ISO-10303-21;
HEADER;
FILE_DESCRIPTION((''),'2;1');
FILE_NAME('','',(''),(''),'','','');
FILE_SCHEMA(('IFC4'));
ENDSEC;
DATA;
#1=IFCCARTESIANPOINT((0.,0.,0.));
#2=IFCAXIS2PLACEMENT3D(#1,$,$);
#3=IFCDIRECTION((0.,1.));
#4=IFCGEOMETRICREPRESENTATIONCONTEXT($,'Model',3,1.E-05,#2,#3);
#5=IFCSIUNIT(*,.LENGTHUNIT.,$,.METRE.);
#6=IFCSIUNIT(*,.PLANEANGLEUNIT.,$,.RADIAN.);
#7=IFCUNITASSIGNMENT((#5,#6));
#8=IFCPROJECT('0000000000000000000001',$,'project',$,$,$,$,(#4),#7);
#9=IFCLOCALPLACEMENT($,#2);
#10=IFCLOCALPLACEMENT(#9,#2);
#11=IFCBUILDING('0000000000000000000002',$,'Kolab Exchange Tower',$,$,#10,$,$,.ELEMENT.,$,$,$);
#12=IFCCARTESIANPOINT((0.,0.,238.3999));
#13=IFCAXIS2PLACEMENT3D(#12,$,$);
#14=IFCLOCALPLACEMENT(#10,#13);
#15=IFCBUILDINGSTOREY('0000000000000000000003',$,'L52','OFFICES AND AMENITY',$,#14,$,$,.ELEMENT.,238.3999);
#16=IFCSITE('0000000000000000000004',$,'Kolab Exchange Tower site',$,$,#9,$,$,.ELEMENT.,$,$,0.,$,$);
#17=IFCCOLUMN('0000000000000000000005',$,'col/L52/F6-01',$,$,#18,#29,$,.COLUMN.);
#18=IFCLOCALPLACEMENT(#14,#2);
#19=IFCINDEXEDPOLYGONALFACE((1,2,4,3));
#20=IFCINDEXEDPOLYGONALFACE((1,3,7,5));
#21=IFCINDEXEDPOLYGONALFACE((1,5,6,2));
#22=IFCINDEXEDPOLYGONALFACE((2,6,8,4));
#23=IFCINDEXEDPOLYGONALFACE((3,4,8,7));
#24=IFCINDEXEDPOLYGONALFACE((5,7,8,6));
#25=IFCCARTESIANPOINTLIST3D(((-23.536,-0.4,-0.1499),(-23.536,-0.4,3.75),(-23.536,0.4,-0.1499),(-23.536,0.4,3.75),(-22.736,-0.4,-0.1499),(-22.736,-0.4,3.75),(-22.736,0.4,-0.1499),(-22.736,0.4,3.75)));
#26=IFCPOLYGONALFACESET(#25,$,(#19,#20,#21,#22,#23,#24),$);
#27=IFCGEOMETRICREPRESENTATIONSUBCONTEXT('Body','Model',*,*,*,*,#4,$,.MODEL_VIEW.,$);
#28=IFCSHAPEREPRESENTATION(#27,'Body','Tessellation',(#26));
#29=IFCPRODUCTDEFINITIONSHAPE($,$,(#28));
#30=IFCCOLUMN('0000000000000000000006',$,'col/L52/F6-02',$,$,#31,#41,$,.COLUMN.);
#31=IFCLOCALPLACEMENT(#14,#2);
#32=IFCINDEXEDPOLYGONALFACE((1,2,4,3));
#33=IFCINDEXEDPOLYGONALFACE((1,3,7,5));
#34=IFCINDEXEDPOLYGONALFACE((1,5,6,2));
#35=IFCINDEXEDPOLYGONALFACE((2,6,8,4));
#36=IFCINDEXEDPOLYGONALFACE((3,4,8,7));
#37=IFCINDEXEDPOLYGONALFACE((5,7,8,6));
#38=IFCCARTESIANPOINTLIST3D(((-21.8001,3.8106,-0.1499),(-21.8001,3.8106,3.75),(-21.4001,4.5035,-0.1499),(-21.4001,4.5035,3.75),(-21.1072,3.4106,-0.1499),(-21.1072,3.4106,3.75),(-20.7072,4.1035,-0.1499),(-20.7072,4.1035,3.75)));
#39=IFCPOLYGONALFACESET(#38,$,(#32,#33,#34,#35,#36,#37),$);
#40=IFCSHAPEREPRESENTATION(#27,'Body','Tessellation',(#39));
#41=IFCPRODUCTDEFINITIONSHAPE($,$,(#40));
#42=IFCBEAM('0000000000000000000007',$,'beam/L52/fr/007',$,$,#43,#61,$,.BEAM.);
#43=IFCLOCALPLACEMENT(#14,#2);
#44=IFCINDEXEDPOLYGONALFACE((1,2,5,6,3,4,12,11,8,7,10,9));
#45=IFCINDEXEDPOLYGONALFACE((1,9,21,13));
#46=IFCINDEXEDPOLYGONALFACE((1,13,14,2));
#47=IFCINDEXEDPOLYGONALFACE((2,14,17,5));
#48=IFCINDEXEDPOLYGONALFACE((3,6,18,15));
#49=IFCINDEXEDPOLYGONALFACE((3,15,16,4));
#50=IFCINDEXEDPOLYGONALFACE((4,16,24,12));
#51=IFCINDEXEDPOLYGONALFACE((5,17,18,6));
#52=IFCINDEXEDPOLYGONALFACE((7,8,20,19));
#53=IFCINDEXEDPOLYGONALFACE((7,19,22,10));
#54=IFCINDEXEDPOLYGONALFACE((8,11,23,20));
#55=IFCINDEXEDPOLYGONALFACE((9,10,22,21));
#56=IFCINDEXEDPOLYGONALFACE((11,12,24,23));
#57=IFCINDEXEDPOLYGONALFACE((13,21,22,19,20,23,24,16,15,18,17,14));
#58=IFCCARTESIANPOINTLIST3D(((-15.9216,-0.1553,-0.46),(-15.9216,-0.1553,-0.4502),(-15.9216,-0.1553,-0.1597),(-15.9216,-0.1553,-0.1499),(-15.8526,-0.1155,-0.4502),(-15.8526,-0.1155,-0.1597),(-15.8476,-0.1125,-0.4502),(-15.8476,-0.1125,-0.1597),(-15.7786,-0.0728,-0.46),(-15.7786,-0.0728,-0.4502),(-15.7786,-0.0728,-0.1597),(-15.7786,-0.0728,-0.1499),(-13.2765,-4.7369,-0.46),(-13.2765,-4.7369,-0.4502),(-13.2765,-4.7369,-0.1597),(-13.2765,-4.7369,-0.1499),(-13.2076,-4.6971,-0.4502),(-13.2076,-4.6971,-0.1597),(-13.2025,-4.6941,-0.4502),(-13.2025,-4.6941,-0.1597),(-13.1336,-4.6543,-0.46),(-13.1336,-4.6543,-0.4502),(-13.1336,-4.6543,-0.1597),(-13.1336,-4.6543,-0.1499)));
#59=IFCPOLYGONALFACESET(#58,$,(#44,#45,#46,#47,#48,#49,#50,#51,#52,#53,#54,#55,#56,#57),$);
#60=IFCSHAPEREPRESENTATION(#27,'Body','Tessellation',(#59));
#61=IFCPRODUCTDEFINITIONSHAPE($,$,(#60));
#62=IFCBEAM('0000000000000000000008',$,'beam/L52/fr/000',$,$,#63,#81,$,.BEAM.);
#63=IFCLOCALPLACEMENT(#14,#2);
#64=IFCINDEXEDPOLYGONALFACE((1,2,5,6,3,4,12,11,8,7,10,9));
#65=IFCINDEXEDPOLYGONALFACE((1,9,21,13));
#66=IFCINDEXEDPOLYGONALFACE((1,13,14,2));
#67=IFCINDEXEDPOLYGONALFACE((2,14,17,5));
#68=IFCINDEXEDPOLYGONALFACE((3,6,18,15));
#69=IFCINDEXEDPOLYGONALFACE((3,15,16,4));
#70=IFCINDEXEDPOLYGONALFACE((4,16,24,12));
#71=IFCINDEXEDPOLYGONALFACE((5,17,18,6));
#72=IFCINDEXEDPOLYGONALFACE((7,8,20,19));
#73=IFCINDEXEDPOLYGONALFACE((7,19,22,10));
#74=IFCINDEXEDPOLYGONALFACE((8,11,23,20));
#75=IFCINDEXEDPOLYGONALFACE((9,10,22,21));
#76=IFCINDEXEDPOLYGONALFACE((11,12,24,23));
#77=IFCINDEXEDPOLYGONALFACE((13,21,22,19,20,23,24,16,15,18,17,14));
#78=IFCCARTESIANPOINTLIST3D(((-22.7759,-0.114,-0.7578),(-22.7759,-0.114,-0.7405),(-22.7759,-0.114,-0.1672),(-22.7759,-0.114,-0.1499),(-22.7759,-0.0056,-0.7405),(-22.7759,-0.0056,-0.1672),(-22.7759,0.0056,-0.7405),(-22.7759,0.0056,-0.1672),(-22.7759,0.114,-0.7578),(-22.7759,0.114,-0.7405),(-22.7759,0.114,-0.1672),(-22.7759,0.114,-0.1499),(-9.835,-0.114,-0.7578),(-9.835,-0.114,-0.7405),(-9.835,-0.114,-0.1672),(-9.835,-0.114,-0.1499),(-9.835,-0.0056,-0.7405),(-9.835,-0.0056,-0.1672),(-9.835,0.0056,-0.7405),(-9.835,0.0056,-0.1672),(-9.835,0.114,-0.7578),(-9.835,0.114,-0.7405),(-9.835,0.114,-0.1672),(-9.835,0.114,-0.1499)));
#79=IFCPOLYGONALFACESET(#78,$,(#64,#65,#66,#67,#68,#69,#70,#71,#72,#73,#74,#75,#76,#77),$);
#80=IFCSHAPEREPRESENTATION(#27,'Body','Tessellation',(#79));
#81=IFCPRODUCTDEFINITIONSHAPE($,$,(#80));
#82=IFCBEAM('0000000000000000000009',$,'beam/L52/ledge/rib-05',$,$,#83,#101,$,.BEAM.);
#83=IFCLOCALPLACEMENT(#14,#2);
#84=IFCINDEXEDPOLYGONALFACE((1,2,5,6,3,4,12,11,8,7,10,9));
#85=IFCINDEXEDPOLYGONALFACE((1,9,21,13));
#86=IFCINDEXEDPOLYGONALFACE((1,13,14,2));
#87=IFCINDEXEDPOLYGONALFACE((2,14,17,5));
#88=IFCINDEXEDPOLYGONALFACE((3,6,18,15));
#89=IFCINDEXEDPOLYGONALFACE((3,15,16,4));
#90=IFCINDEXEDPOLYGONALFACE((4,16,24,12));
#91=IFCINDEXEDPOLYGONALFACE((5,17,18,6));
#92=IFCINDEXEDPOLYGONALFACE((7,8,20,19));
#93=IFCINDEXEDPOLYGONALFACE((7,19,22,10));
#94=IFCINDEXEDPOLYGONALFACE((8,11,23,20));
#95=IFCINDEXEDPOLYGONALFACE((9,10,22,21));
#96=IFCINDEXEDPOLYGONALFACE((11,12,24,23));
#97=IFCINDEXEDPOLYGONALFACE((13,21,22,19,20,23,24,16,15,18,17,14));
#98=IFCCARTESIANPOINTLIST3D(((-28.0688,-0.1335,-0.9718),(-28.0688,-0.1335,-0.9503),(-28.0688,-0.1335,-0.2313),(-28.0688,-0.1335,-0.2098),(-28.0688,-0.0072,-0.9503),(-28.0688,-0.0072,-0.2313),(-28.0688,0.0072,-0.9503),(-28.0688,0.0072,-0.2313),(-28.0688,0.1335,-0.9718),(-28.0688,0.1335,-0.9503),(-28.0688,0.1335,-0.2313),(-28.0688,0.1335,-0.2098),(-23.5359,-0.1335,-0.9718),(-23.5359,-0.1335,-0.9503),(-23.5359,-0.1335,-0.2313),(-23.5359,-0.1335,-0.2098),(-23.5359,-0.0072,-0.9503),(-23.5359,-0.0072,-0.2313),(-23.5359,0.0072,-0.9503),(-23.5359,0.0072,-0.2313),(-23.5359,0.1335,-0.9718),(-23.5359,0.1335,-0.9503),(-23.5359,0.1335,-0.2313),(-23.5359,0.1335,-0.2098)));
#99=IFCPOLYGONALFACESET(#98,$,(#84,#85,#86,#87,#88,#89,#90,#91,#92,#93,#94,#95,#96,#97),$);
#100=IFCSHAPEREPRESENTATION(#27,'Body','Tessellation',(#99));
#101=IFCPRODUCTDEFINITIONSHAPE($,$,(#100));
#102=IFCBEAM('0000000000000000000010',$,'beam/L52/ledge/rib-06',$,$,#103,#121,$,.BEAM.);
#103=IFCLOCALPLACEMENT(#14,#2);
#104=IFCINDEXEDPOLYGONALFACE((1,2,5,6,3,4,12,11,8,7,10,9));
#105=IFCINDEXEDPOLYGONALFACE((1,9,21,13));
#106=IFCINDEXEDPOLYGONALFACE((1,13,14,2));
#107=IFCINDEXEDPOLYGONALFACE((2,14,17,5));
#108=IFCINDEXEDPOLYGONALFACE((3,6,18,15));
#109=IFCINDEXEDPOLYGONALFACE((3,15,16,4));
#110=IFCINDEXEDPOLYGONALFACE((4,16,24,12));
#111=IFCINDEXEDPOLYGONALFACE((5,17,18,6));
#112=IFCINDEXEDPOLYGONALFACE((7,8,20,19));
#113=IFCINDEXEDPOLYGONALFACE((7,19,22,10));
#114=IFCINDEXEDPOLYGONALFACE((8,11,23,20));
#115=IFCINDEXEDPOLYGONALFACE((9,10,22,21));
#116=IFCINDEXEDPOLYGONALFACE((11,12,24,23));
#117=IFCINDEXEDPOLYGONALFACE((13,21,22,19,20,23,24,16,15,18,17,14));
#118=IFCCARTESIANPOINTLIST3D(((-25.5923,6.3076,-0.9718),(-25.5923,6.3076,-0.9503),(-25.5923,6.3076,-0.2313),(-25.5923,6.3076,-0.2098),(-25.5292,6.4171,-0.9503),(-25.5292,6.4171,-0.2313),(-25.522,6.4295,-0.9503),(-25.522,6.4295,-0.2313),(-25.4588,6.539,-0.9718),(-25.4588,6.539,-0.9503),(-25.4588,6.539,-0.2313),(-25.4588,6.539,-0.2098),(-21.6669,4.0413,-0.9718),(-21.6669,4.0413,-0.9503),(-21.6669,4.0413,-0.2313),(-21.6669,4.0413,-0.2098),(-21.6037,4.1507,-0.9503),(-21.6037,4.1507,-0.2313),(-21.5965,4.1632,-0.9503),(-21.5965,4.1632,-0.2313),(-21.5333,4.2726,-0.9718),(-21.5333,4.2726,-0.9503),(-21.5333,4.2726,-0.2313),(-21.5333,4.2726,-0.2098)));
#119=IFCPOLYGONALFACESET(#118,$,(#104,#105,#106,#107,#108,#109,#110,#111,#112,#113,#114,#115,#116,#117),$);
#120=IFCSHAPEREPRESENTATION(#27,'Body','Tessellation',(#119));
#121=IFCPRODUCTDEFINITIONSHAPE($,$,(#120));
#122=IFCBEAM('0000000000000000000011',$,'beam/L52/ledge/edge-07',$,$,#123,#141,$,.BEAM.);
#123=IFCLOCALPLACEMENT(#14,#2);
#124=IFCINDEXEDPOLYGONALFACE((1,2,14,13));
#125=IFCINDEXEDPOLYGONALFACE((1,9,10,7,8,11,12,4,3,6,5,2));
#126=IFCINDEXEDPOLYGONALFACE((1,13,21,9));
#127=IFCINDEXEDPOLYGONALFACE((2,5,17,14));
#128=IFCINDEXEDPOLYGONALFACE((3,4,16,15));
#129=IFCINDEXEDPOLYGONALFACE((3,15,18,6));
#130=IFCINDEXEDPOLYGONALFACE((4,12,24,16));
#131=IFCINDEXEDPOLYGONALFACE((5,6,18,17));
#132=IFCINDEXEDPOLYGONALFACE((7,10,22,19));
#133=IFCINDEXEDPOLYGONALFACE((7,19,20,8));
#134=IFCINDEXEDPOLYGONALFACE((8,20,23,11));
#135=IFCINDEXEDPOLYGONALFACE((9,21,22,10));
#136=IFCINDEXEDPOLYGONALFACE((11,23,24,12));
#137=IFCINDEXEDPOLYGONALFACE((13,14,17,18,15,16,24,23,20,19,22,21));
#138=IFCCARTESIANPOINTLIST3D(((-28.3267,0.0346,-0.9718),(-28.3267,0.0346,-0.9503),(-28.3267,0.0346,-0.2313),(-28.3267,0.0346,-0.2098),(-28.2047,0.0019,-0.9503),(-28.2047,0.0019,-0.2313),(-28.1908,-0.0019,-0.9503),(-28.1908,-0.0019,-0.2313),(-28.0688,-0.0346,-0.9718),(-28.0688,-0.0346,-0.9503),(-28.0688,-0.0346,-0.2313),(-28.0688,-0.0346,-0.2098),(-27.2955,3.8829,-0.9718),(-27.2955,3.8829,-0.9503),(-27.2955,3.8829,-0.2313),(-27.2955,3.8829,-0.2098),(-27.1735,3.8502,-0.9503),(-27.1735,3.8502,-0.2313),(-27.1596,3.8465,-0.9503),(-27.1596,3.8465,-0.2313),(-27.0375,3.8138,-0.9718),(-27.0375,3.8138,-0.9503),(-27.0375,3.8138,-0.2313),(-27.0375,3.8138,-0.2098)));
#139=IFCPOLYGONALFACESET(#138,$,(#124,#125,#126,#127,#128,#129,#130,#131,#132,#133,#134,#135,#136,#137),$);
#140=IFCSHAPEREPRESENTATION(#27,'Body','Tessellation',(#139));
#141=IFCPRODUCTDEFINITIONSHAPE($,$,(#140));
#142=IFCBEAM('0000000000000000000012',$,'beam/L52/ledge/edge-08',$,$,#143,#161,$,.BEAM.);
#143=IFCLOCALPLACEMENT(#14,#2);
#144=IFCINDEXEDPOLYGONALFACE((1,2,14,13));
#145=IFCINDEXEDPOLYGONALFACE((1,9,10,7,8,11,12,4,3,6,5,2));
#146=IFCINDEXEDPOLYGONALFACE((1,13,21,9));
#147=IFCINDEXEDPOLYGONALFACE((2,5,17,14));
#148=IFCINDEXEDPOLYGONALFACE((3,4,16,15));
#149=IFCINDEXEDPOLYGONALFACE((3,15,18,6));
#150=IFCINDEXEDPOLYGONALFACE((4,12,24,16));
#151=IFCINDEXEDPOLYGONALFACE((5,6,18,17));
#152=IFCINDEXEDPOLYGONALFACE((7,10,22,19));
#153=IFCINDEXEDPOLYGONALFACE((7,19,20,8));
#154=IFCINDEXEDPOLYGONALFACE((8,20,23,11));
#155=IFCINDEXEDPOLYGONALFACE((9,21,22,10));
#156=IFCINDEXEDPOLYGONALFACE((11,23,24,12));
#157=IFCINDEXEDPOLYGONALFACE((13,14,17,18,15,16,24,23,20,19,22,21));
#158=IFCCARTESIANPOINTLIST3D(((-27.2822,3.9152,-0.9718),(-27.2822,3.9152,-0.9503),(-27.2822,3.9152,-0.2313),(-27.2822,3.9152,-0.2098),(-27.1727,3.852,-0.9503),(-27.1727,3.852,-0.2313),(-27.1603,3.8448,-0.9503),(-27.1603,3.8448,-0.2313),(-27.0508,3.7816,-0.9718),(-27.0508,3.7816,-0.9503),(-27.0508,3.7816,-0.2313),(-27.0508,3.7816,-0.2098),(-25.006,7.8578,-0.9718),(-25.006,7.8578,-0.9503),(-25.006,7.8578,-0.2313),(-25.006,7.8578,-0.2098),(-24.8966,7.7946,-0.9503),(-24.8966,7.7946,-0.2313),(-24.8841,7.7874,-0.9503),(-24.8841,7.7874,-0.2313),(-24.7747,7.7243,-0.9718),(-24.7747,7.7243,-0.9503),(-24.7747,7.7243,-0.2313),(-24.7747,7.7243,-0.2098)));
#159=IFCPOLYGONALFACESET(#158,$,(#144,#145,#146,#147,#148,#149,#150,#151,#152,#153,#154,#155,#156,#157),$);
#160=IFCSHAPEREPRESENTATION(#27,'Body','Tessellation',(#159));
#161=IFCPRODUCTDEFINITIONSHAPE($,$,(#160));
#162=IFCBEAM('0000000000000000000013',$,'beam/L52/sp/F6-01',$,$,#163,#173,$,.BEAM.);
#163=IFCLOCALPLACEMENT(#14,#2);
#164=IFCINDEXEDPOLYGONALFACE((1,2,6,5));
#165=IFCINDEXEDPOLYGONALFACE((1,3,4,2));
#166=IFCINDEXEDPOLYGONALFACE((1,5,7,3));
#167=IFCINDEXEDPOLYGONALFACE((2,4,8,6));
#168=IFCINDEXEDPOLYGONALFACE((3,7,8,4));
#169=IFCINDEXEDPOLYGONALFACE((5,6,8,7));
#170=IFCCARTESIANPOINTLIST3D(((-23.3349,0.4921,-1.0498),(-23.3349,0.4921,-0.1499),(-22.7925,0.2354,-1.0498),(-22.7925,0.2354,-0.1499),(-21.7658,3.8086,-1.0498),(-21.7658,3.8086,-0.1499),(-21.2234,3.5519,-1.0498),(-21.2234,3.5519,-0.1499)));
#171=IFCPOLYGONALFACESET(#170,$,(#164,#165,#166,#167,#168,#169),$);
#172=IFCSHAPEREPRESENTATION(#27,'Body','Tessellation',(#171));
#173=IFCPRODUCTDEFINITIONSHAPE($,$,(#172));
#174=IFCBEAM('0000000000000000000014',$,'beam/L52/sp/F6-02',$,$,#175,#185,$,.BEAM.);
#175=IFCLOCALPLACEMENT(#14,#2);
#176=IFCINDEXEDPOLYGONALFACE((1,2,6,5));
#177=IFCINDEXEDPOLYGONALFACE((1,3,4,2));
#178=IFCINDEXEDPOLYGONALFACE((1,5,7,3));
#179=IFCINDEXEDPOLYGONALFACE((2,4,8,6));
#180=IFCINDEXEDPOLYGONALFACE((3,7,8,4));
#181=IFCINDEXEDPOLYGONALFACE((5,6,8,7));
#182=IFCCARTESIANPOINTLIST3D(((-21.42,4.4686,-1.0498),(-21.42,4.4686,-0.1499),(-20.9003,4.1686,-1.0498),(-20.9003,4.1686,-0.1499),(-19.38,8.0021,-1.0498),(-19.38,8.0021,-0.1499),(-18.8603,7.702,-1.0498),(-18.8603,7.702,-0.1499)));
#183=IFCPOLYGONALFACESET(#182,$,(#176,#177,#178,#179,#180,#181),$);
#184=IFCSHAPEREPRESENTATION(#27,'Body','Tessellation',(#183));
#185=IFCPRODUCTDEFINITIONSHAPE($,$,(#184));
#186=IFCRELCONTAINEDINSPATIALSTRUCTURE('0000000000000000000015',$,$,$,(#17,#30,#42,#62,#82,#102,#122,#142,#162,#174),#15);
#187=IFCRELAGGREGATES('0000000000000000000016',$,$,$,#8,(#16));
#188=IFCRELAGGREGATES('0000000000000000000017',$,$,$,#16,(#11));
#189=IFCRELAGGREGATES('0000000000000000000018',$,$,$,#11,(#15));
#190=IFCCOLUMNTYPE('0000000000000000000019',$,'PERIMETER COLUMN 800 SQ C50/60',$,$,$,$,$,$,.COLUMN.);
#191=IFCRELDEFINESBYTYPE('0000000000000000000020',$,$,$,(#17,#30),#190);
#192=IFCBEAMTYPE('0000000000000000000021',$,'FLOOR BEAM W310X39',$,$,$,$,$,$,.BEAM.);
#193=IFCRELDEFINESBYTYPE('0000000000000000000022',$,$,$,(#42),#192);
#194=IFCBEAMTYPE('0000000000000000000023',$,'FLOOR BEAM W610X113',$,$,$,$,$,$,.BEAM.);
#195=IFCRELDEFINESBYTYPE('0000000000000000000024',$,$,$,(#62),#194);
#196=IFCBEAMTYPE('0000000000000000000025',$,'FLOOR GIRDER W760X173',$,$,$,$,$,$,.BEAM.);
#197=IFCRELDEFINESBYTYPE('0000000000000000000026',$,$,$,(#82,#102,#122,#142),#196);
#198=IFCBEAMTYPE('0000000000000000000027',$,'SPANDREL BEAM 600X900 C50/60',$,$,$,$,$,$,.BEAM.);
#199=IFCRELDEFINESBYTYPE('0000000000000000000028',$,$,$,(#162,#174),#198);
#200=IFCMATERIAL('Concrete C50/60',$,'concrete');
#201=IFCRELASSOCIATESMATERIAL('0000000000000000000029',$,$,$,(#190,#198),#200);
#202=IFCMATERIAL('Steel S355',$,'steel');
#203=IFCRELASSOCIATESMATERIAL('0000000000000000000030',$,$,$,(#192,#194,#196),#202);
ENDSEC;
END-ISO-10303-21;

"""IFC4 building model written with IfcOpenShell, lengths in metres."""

from ifc_helpers import new_model, si_unit, direction, frame, origin, origin_2d, place, context, subcontext, project, spatial, rectangle, i_section, extrude, material, material_profile, profile_set, type_object, element, save


model = new_model("IFC4")

# Units and contexts
model_context = context("Model", 3, precision=1e-05, world=origin(), true_north=direction((0.0, 1.0)))
body_context = subcontext(model_context, "Body", "Model", "MODEL_VIEW")
ifc_project = project(units=[si_unit("LENGTHUNIT", "METRE"), si_unit("PLANEANGLEUNIT", "RADIAN")], contexts=[model_context])

# Site, building, storey
site_placement = place(None, origin())
site = spatial("IfcSite", under=ifc_project, at=site_placement, Name="Kolab Exchange Tower site", CompositionType="ELEMENT", RefElevation=0.0)
building_placement = place(site_placement, origin())
building = spatial("IfcBuilding", under=site, at=building_placement, Name="Kolab Exchange Tower", CompositionType="ELEMENT")
storey_placement = place(building_placement, frame((0.0, 0.0, 238.3999)))
storey = spatial("IfcBuildingStorey", under=building, at=storey_placement, Name="L52", Description="OFFICES AND AMENITY", CompositionType="ELEMENT", Elevation=238.3999)

# Columns
ifc_material_1 = material(Name="Concrete C50/60", Category="concrete")
ifc_material_profile_1 = material_profile(ifc_material_1, rectangle(XDim=0.8, YDim=0.8, at=origin_2d()), Name="RC800")
ifc_profile_set_1 = profile_set([ifc_material_profile_1], Name="Concrete C50/60")
column_type = type_object("IfcColumnType", Name="PERIMETER COLUMN 800 SQ C50/60", PredefinedType="COLUMN", material=ifc_profile_set_1)
for number, where, z_axis, x_axis, name in (
    (1, (-23.136, 0.0, -0.1499), (0.0, 0.0, 1.0), (1.0, 0.0, 0.0), "col/L52/F6-01"),
    (2, (-21.2537, 3.957, -0.1499), (0.0, 0.0, 1.0), (0.5, 0.866025, 0.0), "col/L52/F6-02"),
):
    element("IfcColumn", number, at=place(storey_placement, frame(where, z_axis=z_axis, x_axis=x_axis)), inside=storey, type_object=column_type, Name=name, PredefinedType="COLUMN", context=body_context, shape_type="SweptSolid", body=[
        extrude(rectangle(XDim=0.8, YDim=0.8, at=origin_2d()), origin(), (0.0, 0.0, 1.0), 3.8999),
    ])

# Beams
ifc_material_2 = material(Name="Steel S355", Category="steel")
ifc_material_profile_2 = material_profile(ifc_material_2, i_section(OverallWidth=0.165, OverallDepth=0.3101, WebThickness=0.0059, FlangeThickness=0.0098, at=origin_2d()), Name="W310X39")
ifc_profile_set_2 = profile_set([ifc_material_profile_2], Name="Steel S355")
beam_type_1 = type_object("IfcBeamType", Name="FLOOR BEAM W310X39", PredefinedType="BEAM", material=ifc_profile_set_2)
beam_1_placement = place(storey_placement, frame((-15.8501, -0.114, -0.3049), z_axis=(0.499981, -0.866036, 0.0), x_axis=(0.866036, 0.499981, 0.0)))
element("IfcBeam", 3, at=beam_1_placement, inside=storey, type_object=beam_type_1, Name="beam/L52/fr/007", PredefinedType="BEAM", context=body_context, shape_type="SweptSolid", body=[
    extrude(i_section(OverallWidth=0.165, OverallDepth=0.3101, WebThickness=0.0059, FlangeThickness=0.0098, at=origin_2d()), origin(), (0.0, 0.0, 1.0), 5.2903),
])
ifc_material_profile_3 = material_profile(ifc_material_2, i_section(OverallWidth=0.228, OverallDepth=0.6079, WebThickness=0.0112, FlangeThickness=0.0173, at=origin_2d()), Name="W610X113")
ifc_profile_set_3 = profile_set([ifc_material_profile_3], Name="Steel S355")
beam_type_2 = type_object("IfcBeamType", Name="FLOOR BEAM W610X113", PredefinedType="BEAM", material=ifc_profile_set_3)
beam_2_placement = place(storey_placement, frame((-22.7759, 0.0, -0.4539), z_axis=(1.0, 0.0, 0.0), x_axis=(0.0, 1.0, 0.0)))
element("IfcBeam", 4, at=beam_2_placement, inside=storey, type_object=beam_type_2, Name="beam/L52/fr/000", PredefinedType="BEAM", context=body_context, shape_type="SweptSolid", body=[
    extrude(i_section(OverallWidth=0.228, OverallDepth=0.6079, WebThickness=0.0112, FlangeThickness=0.0173, at=origin_2d()), origin(), (0.0, 0.0, 1.0), 12.9409),
])
ifc_material_profile_4 = material_profile(ifc_material_2, i_section(OverallWidth=0.2671, OverallDepth=0.762, WebThickness=0.0144, FlangeThickness=0.0215, at=origin_2d()), Name="W760X173")
ifc_profile_set_4 = profile_set([ifc_material_profile_4], Name="Steel S355")
beam_type_3 = type_object("IfcBeamType", Name="FLOOR GIRDER W760X173", PredefinedType="BEAM", material=ifc_profile_set_4)
beam_3_placement = place(storey_placement, frame((-23.5359, 0.0, -0.5908), z_axis=(-1.0, 0.0, 0.0), x_axis=(0.0, -1.0, 0.0)))
element("IfcBeam", 5, at=beam_3_placement, inside=storey, type_object=beam_type_3, Name="beam/L52/ledge/rib-05", PredefinedType="BEAM", context=body_context, shape_type="SweptSolid", body=[
    extrude(i_section(OverallWidth=0.2671, OverallDepth=0.762, WebThickness=0.0144, FlangeThickness=0.0215, at=origin_2d()), origin(), (0.0, 0.0, 1.0), 4.533),
])
beam_4_placement = place(storey_placement, frame((-21.6001, 4.157, -0.5908), z_axis=(-0.86603, 0.499991, 0.0), x_axis=(-0.499991, -0.86603, 0.0)))
element("IfcBeam", 6, at=beam_4_placement, inside=storey, type_object=beam_type_3, Name="beam/L52/ledge/rib-06", PredefinedType="BEAM", context=body_context, shape_type="SweptSolid", body=[
    extrude(i_section(OverallWidth=0.2671, OverallDepth=0.762, WebThickness=0.0144, FlangeThickness=0.0215, at=origin_2d()), origin(), (0.0, 0.0, 1.0), 4.5327),
])
beam_5_placement = place(storey_placement, frame((-28.1978, 0.0, -0.5908), z_axis=(0.258837, 0.965921, 0.0), x_axis=(-0.965921, 0.258837, 0.0)))
element("IfcBeam", 7, at=beam_5_placement, inside=storey, type_object=beam_type_3, Name="beam/L52/ledge/edge-07", PredefinedType="BEAM", context=body_context, shape_type="SweptSolid", body=[
    extrude(i_section(OverallWidth=0.2671, OverallDepth=0.762, WebThickness=0.0144, FlangeThickness=0.0215, at=origin_2d()), origin(), (0.0, 0.0, 1.0), 3.9841),
])
beam_6_placement = place(storey_placement, frame((-27.1665, 3.8484, -0.5908), z_axis=(0.499975, 0.86604, 0.0), x_axis=(-0.86604, 0.499975, 0.0)))
element("IfcBeam", 8, at=beam_6_placement, inside=storey, type_object=beam_type_3, Name="beam/L52/ledge/edge-08", PredefinedType="BEAM", context=body_context, shape_type="SweptSolid", body=[
    extrude(i_section(OverallWidth=0.2671, OverallDepth=0.762, WebThickness=0.0144, FlangeThickness=0.0215, at=origin_2d()), origin(), (0.0, 0.0, 1.0), 4.5525),
])
ifc_material_profile_5 = material_profile(ifc_material_1, rectangle(XDim=0.6001, YDim=0.8999, at=origin_2d()), Name="RC600X900")
ifc_profile_set_5 = profile_set([ifc_material_profile_5], Name="Concrete C50/60")
beam_type_4 = type_object("IfcBeamType", Name="SPANDREL BEAM 600X900 C50/60", PredefinedType="BEAM", material=ifc_profile_set_5)
beam_7_placement = place(storey_placement, frame((-23.0637, 0.3638, -0.5999), z_axis=(0.427677, 0.903932, 0.0), x_axis=(-0.903932, 0.427677, 0.0)))
element("IfcBeam", 9, at=beam_7_placement, inside=storey, type_object=beam_type_4, Name="beam/L52/sp/F6-01", PredefinedType="BEAM", context=body_context, shape_type="SweptSolid", body=[
    extrude(rectangle(XDim=0.6001, YDim=0.8999, at=origin_2d()), origin(), (0.0, 0.0, 1.0), 3.6689),
])
beam_8_placement = place(storey_placement, frame((-21.1602, 4.3186, -0.5999), z_axis=(0.5, 0.866025, 0.0), x_axis=(-0.866025, 0.5, 0.0)))
element("IfcBeam", 10, at=beam_8_placement, inside=storey, type_object=beam_type_4, Name="beam/L52/sp/F6-02", PredefinedType="BEAM", context=body_context, shape_type="SweptSolid", body=[
    extrude(rectangle(XDim=0.6001, YDim=0.8999, at=origin_2d()), origin(), (0.0, 0.0, 1.0), 4.0801),
])

save(model, "model.ifc")
